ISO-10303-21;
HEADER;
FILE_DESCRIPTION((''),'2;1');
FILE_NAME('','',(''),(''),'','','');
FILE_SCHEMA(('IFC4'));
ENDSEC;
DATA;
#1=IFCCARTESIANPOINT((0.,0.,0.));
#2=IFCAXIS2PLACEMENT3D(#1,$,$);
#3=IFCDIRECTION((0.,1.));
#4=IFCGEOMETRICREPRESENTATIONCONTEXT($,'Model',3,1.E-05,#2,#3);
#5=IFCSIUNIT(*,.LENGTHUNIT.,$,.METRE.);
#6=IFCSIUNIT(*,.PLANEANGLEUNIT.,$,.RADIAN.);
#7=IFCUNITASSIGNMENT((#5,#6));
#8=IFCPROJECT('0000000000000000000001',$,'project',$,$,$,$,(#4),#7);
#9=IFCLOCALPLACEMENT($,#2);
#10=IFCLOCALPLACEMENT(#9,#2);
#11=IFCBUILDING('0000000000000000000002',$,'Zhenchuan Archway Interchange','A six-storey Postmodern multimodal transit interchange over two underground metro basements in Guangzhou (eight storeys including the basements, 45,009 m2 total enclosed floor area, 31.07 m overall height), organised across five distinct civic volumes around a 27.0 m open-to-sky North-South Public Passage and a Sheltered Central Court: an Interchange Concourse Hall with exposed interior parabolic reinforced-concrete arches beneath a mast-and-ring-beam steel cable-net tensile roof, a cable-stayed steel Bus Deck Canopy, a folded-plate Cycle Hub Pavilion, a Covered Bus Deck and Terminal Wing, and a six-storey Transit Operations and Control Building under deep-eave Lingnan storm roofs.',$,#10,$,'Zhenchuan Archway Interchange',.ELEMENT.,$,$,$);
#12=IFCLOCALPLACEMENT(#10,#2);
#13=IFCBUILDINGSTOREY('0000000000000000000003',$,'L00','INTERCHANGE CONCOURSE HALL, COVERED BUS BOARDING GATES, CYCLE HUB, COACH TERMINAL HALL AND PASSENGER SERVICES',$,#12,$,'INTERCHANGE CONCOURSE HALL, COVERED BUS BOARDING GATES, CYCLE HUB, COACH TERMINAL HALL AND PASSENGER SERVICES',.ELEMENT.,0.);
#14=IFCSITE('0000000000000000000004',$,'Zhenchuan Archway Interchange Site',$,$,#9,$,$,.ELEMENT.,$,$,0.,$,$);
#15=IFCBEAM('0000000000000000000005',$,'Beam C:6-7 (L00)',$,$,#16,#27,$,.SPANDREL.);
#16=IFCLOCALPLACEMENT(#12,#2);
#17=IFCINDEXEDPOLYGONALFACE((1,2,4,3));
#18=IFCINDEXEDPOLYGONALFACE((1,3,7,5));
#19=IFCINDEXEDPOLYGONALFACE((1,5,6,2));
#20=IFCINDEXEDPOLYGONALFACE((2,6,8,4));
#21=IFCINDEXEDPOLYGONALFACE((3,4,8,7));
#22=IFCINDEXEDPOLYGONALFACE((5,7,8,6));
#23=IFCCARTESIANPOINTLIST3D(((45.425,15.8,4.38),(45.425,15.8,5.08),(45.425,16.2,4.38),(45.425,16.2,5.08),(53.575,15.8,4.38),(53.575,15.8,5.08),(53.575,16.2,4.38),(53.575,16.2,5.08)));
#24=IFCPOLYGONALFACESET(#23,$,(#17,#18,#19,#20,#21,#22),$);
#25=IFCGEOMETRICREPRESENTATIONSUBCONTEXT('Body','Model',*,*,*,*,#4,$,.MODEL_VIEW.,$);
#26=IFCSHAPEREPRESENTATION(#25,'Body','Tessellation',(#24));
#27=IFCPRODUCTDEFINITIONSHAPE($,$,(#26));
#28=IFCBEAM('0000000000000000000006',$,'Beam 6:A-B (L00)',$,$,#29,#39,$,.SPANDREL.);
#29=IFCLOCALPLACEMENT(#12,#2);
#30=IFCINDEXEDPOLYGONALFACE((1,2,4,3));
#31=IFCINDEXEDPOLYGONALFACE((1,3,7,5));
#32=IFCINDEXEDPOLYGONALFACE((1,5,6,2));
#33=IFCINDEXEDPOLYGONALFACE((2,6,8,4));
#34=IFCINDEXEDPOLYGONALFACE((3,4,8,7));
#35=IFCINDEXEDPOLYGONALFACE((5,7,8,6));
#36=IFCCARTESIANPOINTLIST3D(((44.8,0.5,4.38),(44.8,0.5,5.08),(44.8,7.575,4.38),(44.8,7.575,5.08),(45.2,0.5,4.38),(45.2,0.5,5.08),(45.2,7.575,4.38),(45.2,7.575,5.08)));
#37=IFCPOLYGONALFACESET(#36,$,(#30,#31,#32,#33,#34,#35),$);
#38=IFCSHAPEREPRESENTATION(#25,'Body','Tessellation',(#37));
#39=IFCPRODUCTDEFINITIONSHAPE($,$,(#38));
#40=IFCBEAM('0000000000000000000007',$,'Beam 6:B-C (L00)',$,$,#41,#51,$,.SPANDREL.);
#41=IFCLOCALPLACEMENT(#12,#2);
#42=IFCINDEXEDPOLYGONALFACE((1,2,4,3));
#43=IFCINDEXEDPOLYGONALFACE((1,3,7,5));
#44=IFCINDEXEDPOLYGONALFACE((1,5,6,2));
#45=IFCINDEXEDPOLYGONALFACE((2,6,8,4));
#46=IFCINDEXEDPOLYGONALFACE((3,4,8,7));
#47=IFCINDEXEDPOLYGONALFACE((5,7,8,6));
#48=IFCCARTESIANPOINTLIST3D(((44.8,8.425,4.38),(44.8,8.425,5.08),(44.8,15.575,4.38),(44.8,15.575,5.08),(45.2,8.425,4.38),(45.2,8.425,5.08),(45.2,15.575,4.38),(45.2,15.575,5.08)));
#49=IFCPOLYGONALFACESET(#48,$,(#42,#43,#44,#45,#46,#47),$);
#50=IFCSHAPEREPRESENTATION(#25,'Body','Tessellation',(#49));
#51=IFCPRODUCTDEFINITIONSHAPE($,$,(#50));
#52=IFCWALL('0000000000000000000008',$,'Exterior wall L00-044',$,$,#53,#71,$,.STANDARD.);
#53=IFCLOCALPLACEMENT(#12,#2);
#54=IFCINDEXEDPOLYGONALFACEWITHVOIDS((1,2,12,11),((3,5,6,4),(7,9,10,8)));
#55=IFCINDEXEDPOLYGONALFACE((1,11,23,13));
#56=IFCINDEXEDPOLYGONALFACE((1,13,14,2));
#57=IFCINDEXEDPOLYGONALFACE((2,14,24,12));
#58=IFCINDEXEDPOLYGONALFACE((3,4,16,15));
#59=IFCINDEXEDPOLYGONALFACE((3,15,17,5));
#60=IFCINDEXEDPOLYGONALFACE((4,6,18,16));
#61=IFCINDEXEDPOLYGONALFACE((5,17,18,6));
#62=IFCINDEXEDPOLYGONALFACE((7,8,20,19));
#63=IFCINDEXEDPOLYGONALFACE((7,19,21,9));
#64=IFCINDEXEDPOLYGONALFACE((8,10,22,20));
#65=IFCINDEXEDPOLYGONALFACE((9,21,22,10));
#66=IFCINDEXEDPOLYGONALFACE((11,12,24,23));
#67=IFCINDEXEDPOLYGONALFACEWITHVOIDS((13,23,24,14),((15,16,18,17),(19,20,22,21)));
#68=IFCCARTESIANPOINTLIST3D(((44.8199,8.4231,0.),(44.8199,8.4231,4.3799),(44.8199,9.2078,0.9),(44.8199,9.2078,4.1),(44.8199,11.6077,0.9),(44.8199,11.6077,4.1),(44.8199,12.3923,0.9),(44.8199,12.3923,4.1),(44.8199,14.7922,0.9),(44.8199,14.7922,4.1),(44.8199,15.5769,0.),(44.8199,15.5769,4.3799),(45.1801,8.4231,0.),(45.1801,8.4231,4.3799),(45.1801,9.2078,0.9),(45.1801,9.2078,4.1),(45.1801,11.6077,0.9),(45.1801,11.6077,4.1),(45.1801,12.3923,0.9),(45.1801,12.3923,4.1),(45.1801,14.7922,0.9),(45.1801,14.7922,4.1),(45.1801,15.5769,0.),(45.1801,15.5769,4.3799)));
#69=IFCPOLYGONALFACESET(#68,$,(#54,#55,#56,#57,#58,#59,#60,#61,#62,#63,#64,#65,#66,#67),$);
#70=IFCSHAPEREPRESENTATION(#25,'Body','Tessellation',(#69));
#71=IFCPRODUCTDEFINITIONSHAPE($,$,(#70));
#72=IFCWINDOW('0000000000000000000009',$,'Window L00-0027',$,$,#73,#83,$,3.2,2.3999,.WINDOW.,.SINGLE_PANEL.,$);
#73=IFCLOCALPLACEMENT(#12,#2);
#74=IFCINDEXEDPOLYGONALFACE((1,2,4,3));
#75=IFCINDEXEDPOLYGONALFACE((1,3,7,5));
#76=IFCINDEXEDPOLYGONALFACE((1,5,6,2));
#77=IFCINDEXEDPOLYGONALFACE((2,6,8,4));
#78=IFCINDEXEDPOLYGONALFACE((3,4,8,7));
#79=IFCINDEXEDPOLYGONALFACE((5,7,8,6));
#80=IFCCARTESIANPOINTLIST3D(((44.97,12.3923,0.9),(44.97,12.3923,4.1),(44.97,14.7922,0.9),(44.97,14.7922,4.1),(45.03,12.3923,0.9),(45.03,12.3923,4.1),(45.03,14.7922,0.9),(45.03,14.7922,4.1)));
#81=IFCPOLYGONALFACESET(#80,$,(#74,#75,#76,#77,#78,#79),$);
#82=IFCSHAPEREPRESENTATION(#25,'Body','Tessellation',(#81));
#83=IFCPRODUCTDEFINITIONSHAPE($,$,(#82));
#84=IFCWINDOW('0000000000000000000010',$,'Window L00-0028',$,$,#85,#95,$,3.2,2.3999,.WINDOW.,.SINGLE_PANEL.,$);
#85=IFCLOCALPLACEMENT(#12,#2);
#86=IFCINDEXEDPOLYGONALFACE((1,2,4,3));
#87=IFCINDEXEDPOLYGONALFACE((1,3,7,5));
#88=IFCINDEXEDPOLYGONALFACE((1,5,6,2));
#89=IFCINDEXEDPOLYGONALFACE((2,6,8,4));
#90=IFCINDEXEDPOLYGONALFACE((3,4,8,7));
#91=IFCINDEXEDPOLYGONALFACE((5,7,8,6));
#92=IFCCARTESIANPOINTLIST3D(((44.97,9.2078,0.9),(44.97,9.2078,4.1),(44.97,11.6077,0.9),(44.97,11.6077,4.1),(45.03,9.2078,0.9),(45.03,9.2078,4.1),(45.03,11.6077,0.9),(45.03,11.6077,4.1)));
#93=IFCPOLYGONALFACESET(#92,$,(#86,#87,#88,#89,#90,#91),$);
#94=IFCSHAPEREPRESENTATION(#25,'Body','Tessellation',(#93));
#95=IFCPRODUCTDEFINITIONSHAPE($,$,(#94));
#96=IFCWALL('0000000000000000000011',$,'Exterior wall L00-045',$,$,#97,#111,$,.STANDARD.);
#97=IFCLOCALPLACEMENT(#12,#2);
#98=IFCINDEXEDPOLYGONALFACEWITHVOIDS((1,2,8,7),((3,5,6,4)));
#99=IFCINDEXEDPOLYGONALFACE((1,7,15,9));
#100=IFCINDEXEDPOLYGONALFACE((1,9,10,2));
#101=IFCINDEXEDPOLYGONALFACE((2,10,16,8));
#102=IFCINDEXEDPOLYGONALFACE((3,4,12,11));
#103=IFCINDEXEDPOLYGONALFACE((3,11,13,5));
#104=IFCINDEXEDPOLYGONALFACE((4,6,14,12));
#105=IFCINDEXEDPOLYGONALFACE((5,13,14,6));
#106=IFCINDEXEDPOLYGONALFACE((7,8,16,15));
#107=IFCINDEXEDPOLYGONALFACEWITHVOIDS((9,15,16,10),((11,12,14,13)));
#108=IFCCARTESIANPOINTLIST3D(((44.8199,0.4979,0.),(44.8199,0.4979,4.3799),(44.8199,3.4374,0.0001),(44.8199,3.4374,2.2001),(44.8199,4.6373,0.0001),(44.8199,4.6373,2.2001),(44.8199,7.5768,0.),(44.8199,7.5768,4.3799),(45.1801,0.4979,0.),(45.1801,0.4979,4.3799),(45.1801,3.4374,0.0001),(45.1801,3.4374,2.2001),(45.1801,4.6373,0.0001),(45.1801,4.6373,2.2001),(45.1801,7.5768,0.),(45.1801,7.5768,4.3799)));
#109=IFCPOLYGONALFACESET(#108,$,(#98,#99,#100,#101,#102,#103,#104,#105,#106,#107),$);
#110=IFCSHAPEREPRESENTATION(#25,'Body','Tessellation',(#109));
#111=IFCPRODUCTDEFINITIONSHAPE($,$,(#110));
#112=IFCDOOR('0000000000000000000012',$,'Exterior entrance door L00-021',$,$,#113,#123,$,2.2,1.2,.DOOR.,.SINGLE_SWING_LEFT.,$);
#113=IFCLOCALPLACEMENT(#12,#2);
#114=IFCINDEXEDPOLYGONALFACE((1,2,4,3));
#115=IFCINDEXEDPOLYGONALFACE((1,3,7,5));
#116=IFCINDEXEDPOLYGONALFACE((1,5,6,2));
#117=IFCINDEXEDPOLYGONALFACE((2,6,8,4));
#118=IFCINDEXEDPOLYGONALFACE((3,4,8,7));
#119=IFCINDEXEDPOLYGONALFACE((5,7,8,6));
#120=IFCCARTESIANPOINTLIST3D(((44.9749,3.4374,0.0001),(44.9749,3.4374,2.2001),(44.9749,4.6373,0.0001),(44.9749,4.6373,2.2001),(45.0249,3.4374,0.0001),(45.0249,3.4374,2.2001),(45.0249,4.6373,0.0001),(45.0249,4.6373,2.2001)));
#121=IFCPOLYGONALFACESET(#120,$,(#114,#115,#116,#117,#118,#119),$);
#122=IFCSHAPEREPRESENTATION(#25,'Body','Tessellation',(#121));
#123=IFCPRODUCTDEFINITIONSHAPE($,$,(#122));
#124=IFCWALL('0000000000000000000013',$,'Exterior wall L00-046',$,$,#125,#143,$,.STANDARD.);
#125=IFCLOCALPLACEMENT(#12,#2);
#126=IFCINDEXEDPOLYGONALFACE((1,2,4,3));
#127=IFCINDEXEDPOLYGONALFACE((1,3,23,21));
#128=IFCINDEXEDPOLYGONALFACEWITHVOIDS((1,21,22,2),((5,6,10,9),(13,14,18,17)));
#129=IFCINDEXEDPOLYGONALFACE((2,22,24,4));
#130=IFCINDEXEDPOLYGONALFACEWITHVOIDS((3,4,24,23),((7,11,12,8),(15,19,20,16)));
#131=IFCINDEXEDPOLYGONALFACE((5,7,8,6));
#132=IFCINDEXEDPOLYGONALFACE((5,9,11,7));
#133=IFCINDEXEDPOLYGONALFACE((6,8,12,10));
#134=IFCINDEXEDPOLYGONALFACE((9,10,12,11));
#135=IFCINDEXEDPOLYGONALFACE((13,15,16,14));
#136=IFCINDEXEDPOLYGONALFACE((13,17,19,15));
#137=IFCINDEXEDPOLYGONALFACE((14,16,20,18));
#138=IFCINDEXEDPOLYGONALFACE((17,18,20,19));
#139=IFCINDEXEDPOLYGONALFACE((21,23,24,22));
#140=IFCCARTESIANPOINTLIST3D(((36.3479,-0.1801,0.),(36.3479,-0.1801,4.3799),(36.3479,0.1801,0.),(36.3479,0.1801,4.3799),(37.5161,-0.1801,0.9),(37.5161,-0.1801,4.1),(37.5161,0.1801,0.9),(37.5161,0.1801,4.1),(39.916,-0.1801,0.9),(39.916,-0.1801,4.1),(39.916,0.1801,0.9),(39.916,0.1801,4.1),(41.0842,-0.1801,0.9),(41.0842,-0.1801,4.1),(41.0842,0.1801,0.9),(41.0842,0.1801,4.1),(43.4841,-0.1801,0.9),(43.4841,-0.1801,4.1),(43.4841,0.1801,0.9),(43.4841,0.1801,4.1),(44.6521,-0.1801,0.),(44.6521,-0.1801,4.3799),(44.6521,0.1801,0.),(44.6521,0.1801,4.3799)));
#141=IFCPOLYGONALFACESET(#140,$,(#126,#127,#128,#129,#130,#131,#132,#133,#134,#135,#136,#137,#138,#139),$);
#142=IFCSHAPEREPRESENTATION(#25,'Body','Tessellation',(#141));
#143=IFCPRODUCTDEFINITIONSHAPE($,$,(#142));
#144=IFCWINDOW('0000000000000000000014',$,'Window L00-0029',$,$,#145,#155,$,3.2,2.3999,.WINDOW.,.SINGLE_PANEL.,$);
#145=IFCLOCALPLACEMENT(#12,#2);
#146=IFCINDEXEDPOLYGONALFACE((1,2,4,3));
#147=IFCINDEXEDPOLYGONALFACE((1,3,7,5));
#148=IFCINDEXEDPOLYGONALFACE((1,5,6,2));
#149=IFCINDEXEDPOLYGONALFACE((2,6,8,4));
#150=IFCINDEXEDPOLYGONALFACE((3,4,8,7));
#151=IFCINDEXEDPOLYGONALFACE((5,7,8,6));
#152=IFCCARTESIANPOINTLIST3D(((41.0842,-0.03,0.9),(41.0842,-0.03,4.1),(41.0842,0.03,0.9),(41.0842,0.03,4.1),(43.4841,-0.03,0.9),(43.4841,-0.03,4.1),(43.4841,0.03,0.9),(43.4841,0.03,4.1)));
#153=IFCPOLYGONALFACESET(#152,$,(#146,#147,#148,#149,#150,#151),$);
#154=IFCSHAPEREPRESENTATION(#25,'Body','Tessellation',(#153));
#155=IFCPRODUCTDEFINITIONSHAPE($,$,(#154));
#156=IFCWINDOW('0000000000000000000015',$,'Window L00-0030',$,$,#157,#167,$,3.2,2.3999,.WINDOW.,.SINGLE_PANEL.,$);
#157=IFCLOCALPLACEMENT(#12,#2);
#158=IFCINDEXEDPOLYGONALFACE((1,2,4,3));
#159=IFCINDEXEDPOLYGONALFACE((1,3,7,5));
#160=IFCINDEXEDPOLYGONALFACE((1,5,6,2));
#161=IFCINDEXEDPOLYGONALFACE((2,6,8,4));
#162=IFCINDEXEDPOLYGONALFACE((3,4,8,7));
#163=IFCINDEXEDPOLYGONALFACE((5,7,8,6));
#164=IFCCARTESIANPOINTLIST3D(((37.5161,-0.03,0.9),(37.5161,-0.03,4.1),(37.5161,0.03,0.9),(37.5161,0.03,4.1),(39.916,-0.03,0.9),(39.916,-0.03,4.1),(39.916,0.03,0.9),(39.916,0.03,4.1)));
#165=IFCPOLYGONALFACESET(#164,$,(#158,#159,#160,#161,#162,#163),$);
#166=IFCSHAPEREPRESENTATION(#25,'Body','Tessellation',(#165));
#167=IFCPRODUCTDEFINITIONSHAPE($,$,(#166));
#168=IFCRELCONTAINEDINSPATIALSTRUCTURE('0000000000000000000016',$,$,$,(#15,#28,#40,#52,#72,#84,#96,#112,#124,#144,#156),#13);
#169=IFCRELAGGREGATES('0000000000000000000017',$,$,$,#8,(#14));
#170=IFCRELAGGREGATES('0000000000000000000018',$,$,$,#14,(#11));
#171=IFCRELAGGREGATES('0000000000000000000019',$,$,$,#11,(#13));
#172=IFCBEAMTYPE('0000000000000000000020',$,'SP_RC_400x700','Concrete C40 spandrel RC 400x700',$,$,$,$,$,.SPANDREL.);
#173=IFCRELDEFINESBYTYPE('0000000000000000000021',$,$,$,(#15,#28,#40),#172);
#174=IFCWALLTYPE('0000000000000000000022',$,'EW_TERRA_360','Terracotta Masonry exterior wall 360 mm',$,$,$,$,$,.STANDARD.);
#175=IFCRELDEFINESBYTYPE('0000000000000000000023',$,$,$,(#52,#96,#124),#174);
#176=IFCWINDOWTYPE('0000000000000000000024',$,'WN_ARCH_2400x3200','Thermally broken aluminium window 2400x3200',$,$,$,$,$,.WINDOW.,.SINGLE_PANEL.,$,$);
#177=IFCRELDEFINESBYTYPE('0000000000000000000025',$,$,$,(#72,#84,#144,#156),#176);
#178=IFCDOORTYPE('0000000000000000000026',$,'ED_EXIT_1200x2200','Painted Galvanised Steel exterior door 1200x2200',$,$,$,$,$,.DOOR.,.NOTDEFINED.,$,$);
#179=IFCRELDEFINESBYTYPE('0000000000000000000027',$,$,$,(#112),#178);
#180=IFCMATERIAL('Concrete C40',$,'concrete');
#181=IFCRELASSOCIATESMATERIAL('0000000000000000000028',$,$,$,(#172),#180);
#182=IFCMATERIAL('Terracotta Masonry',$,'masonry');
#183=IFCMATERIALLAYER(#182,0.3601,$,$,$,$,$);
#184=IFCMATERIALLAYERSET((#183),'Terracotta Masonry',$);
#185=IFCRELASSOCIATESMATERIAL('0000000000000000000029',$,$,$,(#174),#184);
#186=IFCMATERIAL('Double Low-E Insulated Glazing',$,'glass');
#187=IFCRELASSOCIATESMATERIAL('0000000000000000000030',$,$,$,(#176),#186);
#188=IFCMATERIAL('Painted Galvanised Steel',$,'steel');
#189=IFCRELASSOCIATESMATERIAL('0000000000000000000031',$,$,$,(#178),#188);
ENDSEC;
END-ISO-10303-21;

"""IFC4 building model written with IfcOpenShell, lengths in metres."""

from ifc_helpers import new_model, si_unit, direction, frame, frame_2d, origin, origin_2d, place, context, subcontext, project, spatial, rectangle, extrude, material, layer, layer_set, material_profile, profile_set, type_object, element, fill, save


model = new_model("IFC4")

# Units and contexts
model_context = context("Model", 3, precision=1e-05, world=origin(), true_north=direction((0.0, 1.0)))
body_context = subcontext(model_context, "Body", "Model", "MODEL_VIEW")
ifc_project = project(units=[si_unit("LENGTHUNIT", "METRE"), si_unit("PLANEANGLEUNIT", "RADIAN")], contexts=[model_context])

# Site, building, storey
site_placement = place(None, origin())
site = spatial("IfcSite", under=ifc_project, at=site_placement, Name="Zhenchuan Archway Interchange Site", CompositionType="ELEMENT", RefElevation=0.0)
building_placement = place(site_placement, origin())
building = spatial("IfcBuilding", under=site, at=building_placement, Name="Zhenchuan Archway Interchange", Description="A six-storey Postmodern multimodal transit interchange over two underground metro basements in Guangzhou (eight storeys including the basements, 45,009 m2 total enclosed floor area, 31.07 m overall height), organised across five distinct civic volumes around a 27.0 m open-to-sky North-South Public Passage and a Sheltered Central Court: an Interchange Concourse Hall with exposed interior parabolic reinforced-concrete arches beneath a mast-and-ring-beam steel cable-net tensile roof, a cable-stayed steel Bus Deck Canopy, a folded-plate Cycle Hub Pavilion, a Covered Bus Deck and Terminal Wing, and a six-storey Transit Operations and Control Building under deep-eave Lingnan storm roofs.", LongName="Zhenchuan Archway Interchange", CompositionType="ELEMENT")
storey_placement = place(building_placement, origin())
storey = spatial("IfcBuildingStorey", under=building, at=storey_placement, Name="L00", Description="INTERCHANGE CONCOURSE HALL, COVERED BUS BOARDING GATES, CYCLE HUB, COACH TERMINAL HALL AND PASSENGER SERVICES", LongName="INTERCHANGE CONCOURSE HALL, COVERED BUS BOARDING GATES, CYCLE HUB, COACH TERMINAL HALL AND PASSENGER SERVICES", CompositionType="ELEMENT", Elevation=0.0)

# Shared definitions
ifc_material_1 = material(Name="Concrete C40", Category="concrete")

# Beams
ifc_material_profile_1 = material_profile(ifc_material_1, rectangle(XDim=0.3999, YDim=0.7, at=origin_2d()), Name="RC 400x700")
ifc_profile_set_1 = profile_set([ifc_material_profile_1], Name="Concrete C40")
beam_type_1 = type_object("IfcBeamType", Name="SP_RC_400x700", Description="Concrete C40 spandrel RC 400x700", PredefinedType="SPANDREL", material=ifc_profile_set_1)
beam_1_placement = place(storey_placement, frame((45.425, 16.0, 4.73), z_axis=(1.0, 0.0, 0.0), x_axis=(0.0, 1.0, 0.0)))
element("IfcBeam", 1, at=beam_1_placement, inside=storey, type_object=beam_type_1, Name="Beam C:6-7 (L00)", PredefinedType="SPANDREL", context=body_context, shape_type="SweptSolid", body=[
    extrude(rectangle(XDim=0.3999, YDim=0.7, at=origin_2d()), origin(), (0.0, 0.0, 1.0), 8.1499),
])
beam_2_placement = place(storey_placement, frame((45.0, 0.5, 4.73), z_axis=(0.0, 1.0, 0.0), x_axis=(-1.0, 0.0, 0.0)))
element("IfcBeam", 2, at=beam_2_placement, inside=storey, type_object=beam_type_1, Name="Beam 6:A-B (L00)", PredefinedType="SPANDREL", context=body_context, shape_type="SweptSolid", body=[
    extrude(rectangle(XDim=0.3999, YDim=0.7, at=origin_2d()), origin(), (0.0, 0.0, 1.0), 7.075),
])
beam_3_placement = place(storey_placement, frame((45.0, 8.425, 4.73), z_axis=(0.0, 1.0, 0.0), x_axis=(-1.0, 0.0, 0.0)))
element("IfcBeam", 3, at=beam_3_placement, inside=storey, type_object=beam_type_1, Name="Beam 6:B-C (L00)", PredefinedType="SPANDREL", context=body_context, shape_type="SweptSolid", body=[
    extrude(rectangle(XDim=0.3999, YDim=0.7, at=origin_2d()), origin(), (0.0, 0.0, 1.0), 7.1499),
])

# Wall, openings, windows
ifc_material_2 = material(Name="Terracotta Masonry", Category="masonry")
ifc_layer_1 = layer(ifc_material_2, 0.3601)
ifc_layer_set_1 = layer_set([ifc_layer_1], Name="Terracotta Masonry")
wall_type_1 = type_object("IfcWallType", Name="EW_TERRA_360", Description="Terracotta Masonry exterior wall 360 mm", PredefinedType="STANDARD", material=ifc_layer_set_1)
wall_1_placement = place(storey_placement, frame((45.0, 15.5769, 0.0), z_axis=(0.0, 0.0, 1.0), x_axis=(0.0, -1.0, 0.0)))
wall_1 = element("IfcWall", 4, at=wall_1_placement, inside=storey, type_object=wall_type_1, Name="Exterior wall L00-044", PredefinedType="STANDARD", context=body_context, shape_type="SweptSolid", body=[
    extrude(rectangle(XDim=7.1538, YDim=0.3601, at=frame_2d((3.5769, 0.0))), origin(), (0.0, 0.0, 1.0), 4.3799),
])
opening_1_placement = place(wall_1_placement, frame((0.7847, 0.0, 0.8999)))
opening_1 = element("IfcOpeningElement", 5, at=opening_1_placement, cuts=wall_1, PredefinedType="OPENING", context=body_context, shape_type="SweptSolid", body=[
    extrude(rectangle(XDim=2.3999, YDim=3.2, at=frame_2d((1.2, 1.6001))), frame((0.0, 0.1919, 0.0), z_axis=(0.0, -1.0, 0.0), x_axis=(1.0, 0.0, 0.0)), (0.0, 0.0, 1.0), 0.384),
])
opening_2_placement = place(wall_1_placement, frame((3.9692, 0.0, 0.8999)))
opening_2 = element("IfcOpeningElement", 6, at=opening_2_placement, cuts=wall_1, PredefinedType="OPENING", context=body_context, shape_type="SweptSolid", body=[
    extrude(rectangle(XDim=2.3999, YDim=3.2, at=frame_2d((1.2, 1.6001))), frame((0.0, 0.1919, 0.0), z_axis=(0.0, -1.0, 0.0), x_axis=(1.0, 0.0, 0.0)), (0.0, 0.0, 1.0), 0.384),
])
ifc_material_3 = material(Name="Double Low-E Insulated Glazing", Category="glass")
window_type = type_object("IfcWindowType", Name="WN_ARCH_2400x3200", Description="Thermally broken aluminium window 2400x3200", PartitioningType="SINGLE_PANEL", PredefinedType="WINDOW", material=ifc_material_3)
window_1_placement = place(opening_1_placement, origin())
window_1 = element("IfcWindow", 7, at=window_1_placement, inside=storey, type_object=window_type, Name="Window L00-0027", OverallHeight=3.2, OverallWidth=2.3999, PartitioningType="SINGLE_PANEL", PredefinedType="WINDOW", context=body_context, shape_type="SweptSolid", body=[
    extrude(rectangle(XDim=2.3999, YDim=3.2, at=frame_2d((1.2, 1.6001))), frame((0.0, 0.03, 0.0), z_axis=(0.0, -1.0, 0.0), x_axis=(1.0, 0.0, 0.0)), (0.0, 0.0, 1.0), 0.0601),
])
fill(opening_1, window_1)
window_2_placement = place(opening_2_placement, origin())
window_2 = element("IfcWindow", 8, at=window_2_placement, inside=storey, type_object=window_type, Name="Window L00-0028", OverallHeight=3.2, OverallWidth=2.3999, PartitioningType="SINGLE_PANEL", PredefinedType="WINDOW", context=body_context, shape_type="SweptSolid", body=[
    extrude(rectangle(XDim=2.3999, YDim=3.2, at=frame_2d((1.2, 1.6001))), frame((0.0, 0.03, 0.0), z_axis=(0.0, -1.0, 0.0), x_axis=(1.0, 0.0, 0.0)), (0.0, 0.0, 1.0), 0.0601),
])
fill(opening_2, window_2)

# Wall, opening, door
wall_2_placement = place(storey_placement, frame((45.0, 7.5769, 0.0), z_axis=(0.0, 0.0, 1.0), x_axis=(0.0, -1.0, 0.0)))
wall_2 = element("IfcWall", 9, at=wall_2_placement, inside=storey, type_object=wall_type_1, Name="Exterior wall L00-045", PredefinedType="STANDARD", context=body_context, shape_type="SweptSolid", body=[
    extrude(rectangle(XDim=7.0789, YDim=0.3601, at=frame_2d((3.5396, 0.0))), origin(), (0.0, 0.0, 1.0), 4.3799),
])
opening_3_placement = place(wall_2_placement, frame((2.9395, 0.0, 0.0)))
opening_3 = element("IfcOpeningElement", 10, at=opening_3_placement, cuts=wall_2, PredefinedType="OPENING", context=body_context, shape_type="SweptSolid", body=[
    extrude(rectangle(XDim=1.2, YDim=2.2, at=frame_2d((0.6001, 1.1001))), frame((0.0, 0.1919, 0.0), z_axis=(0.0, -1.0, 0.0), x_axis=(1.0, 0.0, 0.0)), (0.0, 0.0, 1.0), 0.384),
])
ifc_material_4 = material(Name="Painted Galvanised Steel", Category="steel")
door_type_1 = type_object("IfcDoorType", Name="ED_EXIT_1200x2200", Description="Painted Galvanised Steel exterior door 1200x2200", OperationType="NOTDEFINED", PredefinedType="DOOR", material=ifc_material_4)
door_1_placement = place(opening_3_placement, origin())
door_1 = element("IfcDoor", 11, at=door_1_placement, inside=storey, type_object=door_type_1, Name="Exterior entrance door L00-021", OperationType="SINGLE_SWING_LEFT", OverallHeight=2.2, OverallWidth=1.2, PredefinedType="DOOR", context=body_context, shape_type="SweptSolid", body=[
    extrude(rectangle(XDim=1.2, YDim=2.2, at=frame_2d((0.6001, 1.1001))), frame((0.0, 0.0249, 0.0), z_axis=(0.0, -1.0, 0.0), x_axis=(1.0, 0.0, 0.0)), (0.0, 0.0, 1.0), 0.05),
])
fill(opening_3, door_1)

# Wall, openings, windows
wall_3_placement = place(storey_placement, frame((44.6521, 0.0, 0.0), z_axis=(0.0, 0.0, 1.0), x_axis=(-1.0, 0.0, 0.0)))
wall_3 = element("IfcWall", 12, at=wall_3_placement, inside=storey, type_object=wall_type_1, Name="Exterior wall L00-046", PredefinedType="STANDARD", context=body_context, shape_type="SweptSolid", body=[
    extrude(rectangle(XDim=8.3042, YDim=0.3601, at=frame_2d((4.1521, 0.0))), origin(), (0.0, 0.0, 1.0), 4.3799),
])
opening_4_placement = place(wall_3_placement, frame((1.168, 0.0, 0.8999)))
opening_4 = element("IfcOpeningElement", 13, at=opening_4_placement, cuts=wall_3, PredefinedType="OPENING", context=body_context, shape_type="SweptSolid", body=[
    extrude(rectangle(XDim=2.3999, YDim=3.2, at=frame_2d((1.2, 1.6001))), frame((0.0, 0.1919, 0.0), z_axis=(0.0, -1.0, 0.0), x_axis=(1.0, 0.0, 0.0)), (0.0, 0.0, 1.0), 0.384),
])
opening_5_placement = place(wall_3_placement, frame((4.7361, 0.0, 0.8999)))
opening_5 = element("IfcOpeningElement", 14, at=opening_5_placement, cuts=wall_3, PredefinedType="OPENING", context=body_context, shape_type="SweptSolid", body=[
    extrude(rectangle(XDim=2.3999, YDim=3.2, at=frame_2d((1.2, 1.6001))), frame((0.0, 0.1919, 0.0), z_axis=(0.0, -1.0, 0.0), x_axis=(1.0, 0.0, 0.0)), (0.0, 0.0, 1.0), 0.384),
])
window_3_placement = place(opening_4_placement, origin())
window_3 = element("IfcWindow", 15, at=window_3_placement, inside=storey, type_object=window_type, Name="Window L00-0029", OverallHeight=3.2, OverallWidth=2.3999, PartitioningType="SINGLE_PANEL", PredefinedType="WINDOW", context=body_context, shape_type="SweptSolid", body=[
    extrude(rectangle(XDim=2.3999, YDim=3.2, at=frame_2d((1.2, 1.6001))), frame((0.0, 0.03, 0.0), z_axis=(0.0, -1.0, 0.0), x_axis=(1.0, 0.0, 0.0)), (0.0, 0.0, 1.0), 0.0601),
])
fill(opening_4, window_3)
window_4_placement = place(opening_5_placement, origin())
window_4 = element("IfcWindow", 16, at=window_4_placement, inside=storey, type_object=window_type, Name="Window L00-0030", OverallHeight=3.2, OverallWidth=2.3999, PartitioningType="SINGLE_PANEL", PredefinedType="WINDOW", context=body_context, shape_type="SweptSolid", body=[
    extrude(rectangle(XDim=2.3999, YDim=3.2, at=frame_2d((1.2, 1.6001))), frame((0.0, 0.03, 0.0), z_axis=(0.0, -1.0, 0.0), x_axis=(1.0, 0.0, 0.0)), (0.0, 0.0, 1.0), 0.0601),
])
fill(opening_5, window_4)

save(model, "model.ifc")
